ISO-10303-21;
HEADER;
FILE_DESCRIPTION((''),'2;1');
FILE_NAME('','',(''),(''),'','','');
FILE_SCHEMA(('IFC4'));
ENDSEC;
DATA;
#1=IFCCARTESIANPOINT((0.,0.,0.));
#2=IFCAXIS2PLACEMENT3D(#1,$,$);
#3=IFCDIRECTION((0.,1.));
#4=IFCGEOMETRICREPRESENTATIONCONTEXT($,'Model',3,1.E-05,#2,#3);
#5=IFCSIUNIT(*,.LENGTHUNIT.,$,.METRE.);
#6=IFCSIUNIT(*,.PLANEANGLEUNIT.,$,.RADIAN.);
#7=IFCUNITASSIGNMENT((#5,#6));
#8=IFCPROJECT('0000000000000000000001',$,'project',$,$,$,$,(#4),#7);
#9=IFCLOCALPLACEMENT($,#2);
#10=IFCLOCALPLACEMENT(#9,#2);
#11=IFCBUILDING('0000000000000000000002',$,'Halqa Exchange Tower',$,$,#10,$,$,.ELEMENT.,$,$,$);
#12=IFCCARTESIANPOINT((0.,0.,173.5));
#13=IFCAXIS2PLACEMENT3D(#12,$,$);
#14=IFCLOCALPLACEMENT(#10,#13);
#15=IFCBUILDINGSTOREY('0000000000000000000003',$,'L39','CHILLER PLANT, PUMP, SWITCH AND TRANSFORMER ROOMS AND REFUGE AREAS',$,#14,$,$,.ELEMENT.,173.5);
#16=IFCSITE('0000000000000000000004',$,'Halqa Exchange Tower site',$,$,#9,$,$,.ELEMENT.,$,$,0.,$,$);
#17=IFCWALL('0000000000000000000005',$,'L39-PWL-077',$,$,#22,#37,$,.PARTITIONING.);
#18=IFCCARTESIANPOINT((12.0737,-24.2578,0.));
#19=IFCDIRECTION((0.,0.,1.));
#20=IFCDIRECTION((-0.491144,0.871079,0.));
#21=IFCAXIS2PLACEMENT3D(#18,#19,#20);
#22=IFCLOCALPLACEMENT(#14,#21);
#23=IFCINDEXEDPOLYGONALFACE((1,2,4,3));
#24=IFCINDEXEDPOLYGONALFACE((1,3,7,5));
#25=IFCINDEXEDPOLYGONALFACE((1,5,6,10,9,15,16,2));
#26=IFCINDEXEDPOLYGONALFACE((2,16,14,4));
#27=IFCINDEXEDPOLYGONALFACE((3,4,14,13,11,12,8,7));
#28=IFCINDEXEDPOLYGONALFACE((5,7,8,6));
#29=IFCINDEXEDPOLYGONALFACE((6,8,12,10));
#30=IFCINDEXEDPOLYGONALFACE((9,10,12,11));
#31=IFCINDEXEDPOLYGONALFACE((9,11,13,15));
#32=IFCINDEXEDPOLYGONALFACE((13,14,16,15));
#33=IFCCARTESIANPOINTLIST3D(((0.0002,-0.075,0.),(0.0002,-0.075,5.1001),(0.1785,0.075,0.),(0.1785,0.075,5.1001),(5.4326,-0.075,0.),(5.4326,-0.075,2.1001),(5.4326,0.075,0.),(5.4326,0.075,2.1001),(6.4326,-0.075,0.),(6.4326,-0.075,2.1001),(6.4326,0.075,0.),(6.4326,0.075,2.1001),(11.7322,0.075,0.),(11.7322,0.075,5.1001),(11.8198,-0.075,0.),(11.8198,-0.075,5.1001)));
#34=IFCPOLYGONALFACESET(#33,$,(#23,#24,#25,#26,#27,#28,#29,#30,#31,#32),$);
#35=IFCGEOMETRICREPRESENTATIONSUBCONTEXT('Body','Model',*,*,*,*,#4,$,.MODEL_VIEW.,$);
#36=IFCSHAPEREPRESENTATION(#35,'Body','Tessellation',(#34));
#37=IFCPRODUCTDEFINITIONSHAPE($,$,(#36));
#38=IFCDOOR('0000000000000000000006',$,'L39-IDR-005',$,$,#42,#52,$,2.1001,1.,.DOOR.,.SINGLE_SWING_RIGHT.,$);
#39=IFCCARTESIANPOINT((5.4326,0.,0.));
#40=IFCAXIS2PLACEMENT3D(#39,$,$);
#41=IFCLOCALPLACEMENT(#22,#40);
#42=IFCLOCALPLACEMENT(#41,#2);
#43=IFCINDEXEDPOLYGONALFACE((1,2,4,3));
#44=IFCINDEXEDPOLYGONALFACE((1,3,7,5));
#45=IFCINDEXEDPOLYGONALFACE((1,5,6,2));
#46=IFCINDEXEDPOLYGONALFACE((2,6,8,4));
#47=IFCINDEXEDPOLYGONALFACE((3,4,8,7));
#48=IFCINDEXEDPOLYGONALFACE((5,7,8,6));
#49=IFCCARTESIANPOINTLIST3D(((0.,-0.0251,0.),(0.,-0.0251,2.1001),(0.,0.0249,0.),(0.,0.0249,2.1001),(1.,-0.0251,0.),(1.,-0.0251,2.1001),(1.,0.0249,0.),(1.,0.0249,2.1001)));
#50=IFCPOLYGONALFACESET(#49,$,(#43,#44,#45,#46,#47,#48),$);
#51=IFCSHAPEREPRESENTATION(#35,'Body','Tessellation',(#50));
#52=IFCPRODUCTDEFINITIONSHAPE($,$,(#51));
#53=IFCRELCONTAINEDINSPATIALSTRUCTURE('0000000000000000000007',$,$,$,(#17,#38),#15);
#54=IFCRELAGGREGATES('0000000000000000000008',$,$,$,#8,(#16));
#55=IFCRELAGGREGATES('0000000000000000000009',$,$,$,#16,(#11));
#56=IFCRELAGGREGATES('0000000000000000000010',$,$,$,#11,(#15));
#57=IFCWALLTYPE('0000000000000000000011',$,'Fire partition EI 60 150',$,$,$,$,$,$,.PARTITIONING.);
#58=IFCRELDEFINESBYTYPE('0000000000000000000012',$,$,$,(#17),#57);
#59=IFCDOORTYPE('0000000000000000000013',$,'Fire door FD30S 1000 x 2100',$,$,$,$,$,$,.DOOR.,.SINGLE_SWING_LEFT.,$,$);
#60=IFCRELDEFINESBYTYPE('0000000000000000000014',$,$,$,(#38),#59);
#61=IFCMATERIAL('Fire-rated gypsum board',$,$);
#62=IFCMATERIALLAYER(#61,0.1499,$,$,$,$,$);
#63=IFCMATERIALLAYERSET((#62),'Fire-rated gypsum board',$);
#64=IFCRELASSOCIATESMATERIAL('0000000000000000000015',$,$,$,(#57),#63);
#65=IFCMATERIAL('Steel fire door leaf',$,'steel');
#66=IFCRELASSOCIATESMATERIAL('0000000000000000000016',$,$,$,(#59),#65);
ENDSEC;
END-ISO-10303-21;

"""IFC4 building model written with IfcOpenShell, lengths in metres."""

from ifc_helpers import new_model, si_unit, direction, frame, frame_2d, origin, place, context, subcontext, project, spatial, polyline, rectangle, outline, extrude, material, layer, layer_set, type_object, element, fill, save


model = new_model("IFC4")

# Units and contexts
model_context = context("Model", 3, precision=1e-05, world=origin(), true_north=direction((0.0, 1.0)))
body_context = subcontext(model_context, "Body", "Model", "MODEL_VIEW")
ifc_project = project(units=[si_unit("LENGTHUNIT", "METRE"), si_unit("PLANEANGLEUNIT", "RADIAN")], contexts=[model_context])

# Site, building, storey
site_placement = place(None, origin())
site = spatial("IfcSite", under=ifc_project, at=site_placement, Name="Halqa Exchange Tower site", CompositionType="ELEMENT", RefElevation=0.0)
building_placement = place(site_placement, origin())
building = spatial("IfcBuilding", under=site, at=building_placement, Name="Halqa Exchange Tower", CompositionType="ELEMENT")
storey_placement = place(building_placement, frame((0.0, 0.0, 173.5)))
storey = spatial("IfcBuildingStorey", under=building, at=storey_placement, Name="L39", Description="CHILLER PLANT, PUMP, SWITCH AND TRANSFORMER ROOMS AND REFUGE AREAS", CompositionType="ELEMENT", Elevation=173.5)

# Shared definitions
ifc_material_1 = material(Name="Fire-rated gypsum board")
ifc_layer_1 = layer(ifc_material_1, 0.1499)
ifc_layer_set_1 = layer_set([ifc_layer_1], Name="Fire-rated gypsum board")
wall_type_1 = type_object("IfcWallType", Name="Fire partition EI 60 150", PredefinedType="PARTITIONING", material=ifc_layer_set_1)

# Wall, opening, door
wall_1_placement = place(storey_placement, frame((12.0737, -24.2578, 0.0), z_axis=(0.0, 0.0, 1.0), x_axis=(-0.491144, 0.871079, 0.0)))
wall_1 = element("IfcWall", 1, at=wall_1_placement, inside=storey, type_object=wall_type_1, Name="L39-PWL-077", PredefinedType="PARTITIONING", context=body_context, shape_type="SweptSolid", body=[
    extrude(outline(polyline([(0.0002, -0.075), (1.9702, -0.075), (3.9402, -0.075), (5.9102, -0.075), (7.8799, -0.075), (9.8499, -0.075), (11.8198, -0.075), (11.7322, 0.075), (9.8066, 0.075), (7.8811, 0.075), (5.9553, 0.075), (4.0298, 0.075), (2.104, 0.075), (0.1785, 0.075), (0.0002, -0.075)])), origin(), (0.0, 0.0, 1.0), 5.1001),
])
opening_placement = place(wall_1_placement, frame((5.4326, 0.0, 0.0)))
opening = element("IfcOpeningElement", 2, at=opening_placement, cuts=wall_1, PredefinedType="OPENING", context=body_context, shape_type="SweptSolid", body=[
    extrude(rectangle(XDim=1.0, YDim=2.1001, at=frame_2d((0.5, 1.05))), frame((0.0, 0.0869, 0.0), z_axis=(0.0, -1.0, 0.0), x_axis=(1.0, 0.0, 0.0)), (0.0, 0.0, 1.0), 0.1738),
])
ifc_material_2 = material(Name="Steel fire door leaf", Category="steel")
door_type = type_object("IfcDoorType", Name="Fire door FD30S 1000 x 2100", OperationType="SINGLE_SWING_LEFT", PredefinedType="DOOR", material=ifc_material_2)
door_placement = place(opening_placement, origin())
door = element("IfcDoor", 3, at=door_placement, inside=storey, type_object=door_type, Name="L39-IDR-005", OperationType="SINGLE_SWING_RIGHT", OverallHeight=2.1001, OverallWidth=1.0, PredefinedType="DOOR", context=body_context, shape_type="SweptSolid", body=[
    extrude(rectangle(XDim=1.0, YDim=2.1001, at=frame_2d((0.5, 1.05))), frame((0.0, 0.0249, 0.0), z_axis=(0.0, -1.0, 0.0), x_axis=(1.0, 0.0, 0.0)), (0.0, 0.0, 1.0), 0.05),
])
fill(opening, door)

save(model, "model.ifc")
